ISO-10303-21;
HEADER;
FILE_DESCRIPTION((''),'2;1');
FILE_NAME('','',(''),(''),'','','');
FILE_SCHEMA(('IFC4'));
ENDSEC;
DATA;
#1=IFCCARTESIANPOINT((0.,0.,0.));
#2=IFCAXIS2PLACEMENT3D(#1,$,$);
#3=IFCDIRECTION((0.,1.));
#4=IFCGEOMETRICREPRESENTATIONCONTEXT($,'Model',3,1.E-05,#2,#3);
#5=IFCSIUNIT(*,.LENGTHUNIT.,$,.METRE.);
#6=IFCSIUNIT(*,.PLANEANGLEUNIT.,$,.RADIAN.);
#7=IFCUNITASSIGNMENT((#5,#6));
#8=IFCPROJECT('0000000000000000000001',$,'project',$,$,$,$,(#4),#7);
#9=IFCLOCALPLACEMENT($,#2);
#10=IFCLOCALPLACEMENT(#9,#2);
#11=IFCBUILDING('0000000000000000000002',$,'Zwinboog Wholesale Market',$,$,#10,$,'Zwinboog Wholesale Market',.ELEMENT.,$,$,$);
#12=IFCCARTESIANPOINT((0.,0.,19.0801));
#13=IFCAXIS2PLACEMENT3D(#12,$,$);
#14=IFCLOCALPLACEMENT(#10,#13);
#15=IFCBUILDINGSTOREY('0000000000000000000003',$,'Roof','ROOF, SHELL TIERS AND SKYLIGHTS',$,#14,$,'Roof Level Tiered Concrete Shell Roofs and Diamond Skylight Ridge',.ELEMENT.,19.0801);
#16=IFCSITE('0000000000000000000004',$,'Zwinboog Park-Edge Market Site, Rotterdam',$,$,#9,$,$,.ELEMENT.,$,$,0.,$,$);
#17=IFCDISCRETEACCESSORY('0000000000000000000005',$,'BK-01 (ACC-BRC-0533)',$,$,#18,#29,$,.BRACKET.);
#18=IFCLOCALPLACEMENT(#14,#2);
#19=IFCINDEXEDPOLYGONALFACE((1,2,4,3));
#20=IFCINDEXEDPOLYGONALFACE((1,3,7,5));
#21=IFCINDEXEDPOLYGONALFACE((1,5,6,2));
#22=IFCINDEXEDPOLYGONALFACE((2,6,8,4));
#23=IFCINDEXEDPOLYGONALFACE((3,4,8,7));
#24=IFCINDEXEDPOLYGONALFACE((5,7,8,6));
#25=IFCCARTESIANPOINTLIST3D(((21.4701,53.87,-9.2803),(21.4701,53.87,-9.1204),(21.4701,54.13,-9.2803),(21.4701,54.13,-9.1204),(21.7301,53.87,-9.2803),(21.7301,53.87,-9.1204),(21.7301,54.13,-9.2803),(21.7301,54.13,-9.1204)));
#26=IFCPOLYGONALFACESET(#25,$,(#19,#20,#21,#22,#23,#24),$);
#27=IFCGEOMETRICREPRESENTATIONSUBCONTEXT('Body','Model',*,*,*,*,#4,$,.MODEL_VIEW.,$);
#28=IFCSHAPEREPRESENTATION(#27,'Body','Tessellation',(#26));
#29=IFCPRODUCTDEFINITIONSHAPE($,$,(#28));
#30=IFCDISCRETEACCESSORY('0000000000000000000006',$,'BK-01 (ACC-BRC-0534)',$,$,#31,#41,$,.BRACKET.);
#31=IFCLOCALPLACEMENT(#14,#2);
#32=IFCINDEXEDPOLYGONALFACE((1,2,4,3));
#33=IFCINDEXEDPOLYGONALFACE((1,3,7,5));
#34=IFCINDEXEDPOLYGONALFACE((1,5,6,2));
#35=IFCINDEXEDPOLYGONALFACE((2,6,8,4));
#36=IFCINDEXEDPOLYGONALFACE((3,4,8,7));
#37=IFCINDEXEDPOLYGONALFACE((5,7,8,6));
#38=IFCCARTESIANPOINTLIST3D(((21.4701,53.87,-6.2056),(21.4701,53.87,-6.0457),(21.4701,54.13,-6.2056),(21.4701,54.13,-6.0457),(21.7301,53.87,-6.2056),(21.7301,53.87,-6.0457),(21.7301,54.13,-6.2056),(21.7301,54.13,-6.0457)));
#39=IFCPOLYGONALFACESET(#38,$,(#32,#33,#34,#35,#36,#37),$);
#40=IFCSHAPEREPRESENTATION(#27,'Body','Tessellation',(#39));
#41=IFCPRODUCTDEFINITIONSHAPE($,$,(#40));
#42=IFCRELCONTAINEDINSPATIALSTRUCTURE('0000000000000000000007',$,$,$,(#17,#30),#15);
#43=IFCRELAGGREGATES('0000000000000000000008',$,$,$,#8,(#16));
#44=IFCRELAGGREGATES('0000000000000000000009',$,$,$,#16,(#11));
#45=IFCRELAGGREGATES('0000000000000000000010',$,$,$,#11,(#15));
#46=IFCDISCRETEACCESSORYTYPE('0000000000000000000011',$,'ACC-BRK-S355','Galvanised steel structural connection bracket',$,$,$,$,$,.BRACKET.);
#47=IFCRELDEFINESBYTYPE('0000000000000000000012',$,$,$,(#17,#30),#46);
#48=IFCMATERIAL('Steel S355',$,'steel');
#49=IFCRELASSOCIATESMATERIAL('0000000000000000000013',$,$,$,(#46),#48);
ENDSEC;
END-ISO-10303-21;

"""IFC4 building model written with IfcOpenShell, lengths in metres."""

from ifc_helpers import new_model, si_unit, direction, frame, origin, origin_2d, place, context, subcontext, project, spatial, rectangle, extrude, material, type_object, element, save


model = new_model("IFC4")

# Units and contexts
model_context = context("Model", 3, precision=1e-05, world=origin(), true_north=direction((0.0, 1.0)))
body_context = subcontext(model_context, "Body", "Model", "MODEL_VIEW")
ifc_project = project(units=[si_unit("LENGTHUNIT", "METRE"), si_unit("PLANEANGLEUNIT", "RADIAN")], contexts=[model_context])

# Site, building, storey
site_placement = place(None, origin())
site = spatial("IfcSite", under=ifc_project, at=site_placement, Name="Zwinboog Park-Edge Market Site, Rotterdam", CompositionType="ELEMENT", RefElevation=0.0)
building_placement = place(site_placement, origin())
building = spatial("IfcBuilding", under=site, at=building_placement, Name="Zwinboog Wholesale Market", LongName="Zwinboog Wholesale Market", CompositionType="ELEMENT")
storey_placement = place(building_placement, frame((0.0, 0.0, 19.0801)))
storey = spatial("IfcBuildingStorey", under=building, at=storey_placement, Name="Roof", Description="ROOF, SHELL TIERS AND SKYLIGHTS", LongName="Roof Level Tiered Concrete Shell Roofs and Diamond Skylight Ridge", CompositionType="ELEMENT", Elevation=19.0801)

# Shared definitions
ifc_material_1 = material(Name="Steel S355", Category="steel")

# Discrete accessories
discrete_accessory_type = type_object("IfcDiscreteAccessoryType", Name="ACC-BRK-S355", Description="Galvanised steel structural connection bracket", PredefinedType="BRACKET", material=ifc_material_1)
for number, where, z_axis, x_axis, name in (
    (1, (21.6001, 54.0, -9.2803), (0.0, 0.0, 1.0), (1.0, 0.0, 0.0), "BK-01 (ACC-BRC-0533)"),
    (2, (21.6001, 54.0, -6.2056), (0.0, 0.0, 1.0), (1.0, 0.0, 0.0), "BK-01 (ACC-BRC-0534)"),
):
    element("IfcDiscreteAccessory", number, at=place(storey_placement, frame(where, z_axis=z_axis, x_axis=x_axis)), inside=storey, type_object=discrete_accessory_type, Name=name, PredefinedType="BRACKET", context=body_context, shape_type="SweptSolid", body=[
        extrude(rectangle(XDim=0.26, YDim=0.26, at=origin_2d()), origin(), (0.0, 0.0, 1.0), 0.1599),
    ])

save(model, "model.ifc")
